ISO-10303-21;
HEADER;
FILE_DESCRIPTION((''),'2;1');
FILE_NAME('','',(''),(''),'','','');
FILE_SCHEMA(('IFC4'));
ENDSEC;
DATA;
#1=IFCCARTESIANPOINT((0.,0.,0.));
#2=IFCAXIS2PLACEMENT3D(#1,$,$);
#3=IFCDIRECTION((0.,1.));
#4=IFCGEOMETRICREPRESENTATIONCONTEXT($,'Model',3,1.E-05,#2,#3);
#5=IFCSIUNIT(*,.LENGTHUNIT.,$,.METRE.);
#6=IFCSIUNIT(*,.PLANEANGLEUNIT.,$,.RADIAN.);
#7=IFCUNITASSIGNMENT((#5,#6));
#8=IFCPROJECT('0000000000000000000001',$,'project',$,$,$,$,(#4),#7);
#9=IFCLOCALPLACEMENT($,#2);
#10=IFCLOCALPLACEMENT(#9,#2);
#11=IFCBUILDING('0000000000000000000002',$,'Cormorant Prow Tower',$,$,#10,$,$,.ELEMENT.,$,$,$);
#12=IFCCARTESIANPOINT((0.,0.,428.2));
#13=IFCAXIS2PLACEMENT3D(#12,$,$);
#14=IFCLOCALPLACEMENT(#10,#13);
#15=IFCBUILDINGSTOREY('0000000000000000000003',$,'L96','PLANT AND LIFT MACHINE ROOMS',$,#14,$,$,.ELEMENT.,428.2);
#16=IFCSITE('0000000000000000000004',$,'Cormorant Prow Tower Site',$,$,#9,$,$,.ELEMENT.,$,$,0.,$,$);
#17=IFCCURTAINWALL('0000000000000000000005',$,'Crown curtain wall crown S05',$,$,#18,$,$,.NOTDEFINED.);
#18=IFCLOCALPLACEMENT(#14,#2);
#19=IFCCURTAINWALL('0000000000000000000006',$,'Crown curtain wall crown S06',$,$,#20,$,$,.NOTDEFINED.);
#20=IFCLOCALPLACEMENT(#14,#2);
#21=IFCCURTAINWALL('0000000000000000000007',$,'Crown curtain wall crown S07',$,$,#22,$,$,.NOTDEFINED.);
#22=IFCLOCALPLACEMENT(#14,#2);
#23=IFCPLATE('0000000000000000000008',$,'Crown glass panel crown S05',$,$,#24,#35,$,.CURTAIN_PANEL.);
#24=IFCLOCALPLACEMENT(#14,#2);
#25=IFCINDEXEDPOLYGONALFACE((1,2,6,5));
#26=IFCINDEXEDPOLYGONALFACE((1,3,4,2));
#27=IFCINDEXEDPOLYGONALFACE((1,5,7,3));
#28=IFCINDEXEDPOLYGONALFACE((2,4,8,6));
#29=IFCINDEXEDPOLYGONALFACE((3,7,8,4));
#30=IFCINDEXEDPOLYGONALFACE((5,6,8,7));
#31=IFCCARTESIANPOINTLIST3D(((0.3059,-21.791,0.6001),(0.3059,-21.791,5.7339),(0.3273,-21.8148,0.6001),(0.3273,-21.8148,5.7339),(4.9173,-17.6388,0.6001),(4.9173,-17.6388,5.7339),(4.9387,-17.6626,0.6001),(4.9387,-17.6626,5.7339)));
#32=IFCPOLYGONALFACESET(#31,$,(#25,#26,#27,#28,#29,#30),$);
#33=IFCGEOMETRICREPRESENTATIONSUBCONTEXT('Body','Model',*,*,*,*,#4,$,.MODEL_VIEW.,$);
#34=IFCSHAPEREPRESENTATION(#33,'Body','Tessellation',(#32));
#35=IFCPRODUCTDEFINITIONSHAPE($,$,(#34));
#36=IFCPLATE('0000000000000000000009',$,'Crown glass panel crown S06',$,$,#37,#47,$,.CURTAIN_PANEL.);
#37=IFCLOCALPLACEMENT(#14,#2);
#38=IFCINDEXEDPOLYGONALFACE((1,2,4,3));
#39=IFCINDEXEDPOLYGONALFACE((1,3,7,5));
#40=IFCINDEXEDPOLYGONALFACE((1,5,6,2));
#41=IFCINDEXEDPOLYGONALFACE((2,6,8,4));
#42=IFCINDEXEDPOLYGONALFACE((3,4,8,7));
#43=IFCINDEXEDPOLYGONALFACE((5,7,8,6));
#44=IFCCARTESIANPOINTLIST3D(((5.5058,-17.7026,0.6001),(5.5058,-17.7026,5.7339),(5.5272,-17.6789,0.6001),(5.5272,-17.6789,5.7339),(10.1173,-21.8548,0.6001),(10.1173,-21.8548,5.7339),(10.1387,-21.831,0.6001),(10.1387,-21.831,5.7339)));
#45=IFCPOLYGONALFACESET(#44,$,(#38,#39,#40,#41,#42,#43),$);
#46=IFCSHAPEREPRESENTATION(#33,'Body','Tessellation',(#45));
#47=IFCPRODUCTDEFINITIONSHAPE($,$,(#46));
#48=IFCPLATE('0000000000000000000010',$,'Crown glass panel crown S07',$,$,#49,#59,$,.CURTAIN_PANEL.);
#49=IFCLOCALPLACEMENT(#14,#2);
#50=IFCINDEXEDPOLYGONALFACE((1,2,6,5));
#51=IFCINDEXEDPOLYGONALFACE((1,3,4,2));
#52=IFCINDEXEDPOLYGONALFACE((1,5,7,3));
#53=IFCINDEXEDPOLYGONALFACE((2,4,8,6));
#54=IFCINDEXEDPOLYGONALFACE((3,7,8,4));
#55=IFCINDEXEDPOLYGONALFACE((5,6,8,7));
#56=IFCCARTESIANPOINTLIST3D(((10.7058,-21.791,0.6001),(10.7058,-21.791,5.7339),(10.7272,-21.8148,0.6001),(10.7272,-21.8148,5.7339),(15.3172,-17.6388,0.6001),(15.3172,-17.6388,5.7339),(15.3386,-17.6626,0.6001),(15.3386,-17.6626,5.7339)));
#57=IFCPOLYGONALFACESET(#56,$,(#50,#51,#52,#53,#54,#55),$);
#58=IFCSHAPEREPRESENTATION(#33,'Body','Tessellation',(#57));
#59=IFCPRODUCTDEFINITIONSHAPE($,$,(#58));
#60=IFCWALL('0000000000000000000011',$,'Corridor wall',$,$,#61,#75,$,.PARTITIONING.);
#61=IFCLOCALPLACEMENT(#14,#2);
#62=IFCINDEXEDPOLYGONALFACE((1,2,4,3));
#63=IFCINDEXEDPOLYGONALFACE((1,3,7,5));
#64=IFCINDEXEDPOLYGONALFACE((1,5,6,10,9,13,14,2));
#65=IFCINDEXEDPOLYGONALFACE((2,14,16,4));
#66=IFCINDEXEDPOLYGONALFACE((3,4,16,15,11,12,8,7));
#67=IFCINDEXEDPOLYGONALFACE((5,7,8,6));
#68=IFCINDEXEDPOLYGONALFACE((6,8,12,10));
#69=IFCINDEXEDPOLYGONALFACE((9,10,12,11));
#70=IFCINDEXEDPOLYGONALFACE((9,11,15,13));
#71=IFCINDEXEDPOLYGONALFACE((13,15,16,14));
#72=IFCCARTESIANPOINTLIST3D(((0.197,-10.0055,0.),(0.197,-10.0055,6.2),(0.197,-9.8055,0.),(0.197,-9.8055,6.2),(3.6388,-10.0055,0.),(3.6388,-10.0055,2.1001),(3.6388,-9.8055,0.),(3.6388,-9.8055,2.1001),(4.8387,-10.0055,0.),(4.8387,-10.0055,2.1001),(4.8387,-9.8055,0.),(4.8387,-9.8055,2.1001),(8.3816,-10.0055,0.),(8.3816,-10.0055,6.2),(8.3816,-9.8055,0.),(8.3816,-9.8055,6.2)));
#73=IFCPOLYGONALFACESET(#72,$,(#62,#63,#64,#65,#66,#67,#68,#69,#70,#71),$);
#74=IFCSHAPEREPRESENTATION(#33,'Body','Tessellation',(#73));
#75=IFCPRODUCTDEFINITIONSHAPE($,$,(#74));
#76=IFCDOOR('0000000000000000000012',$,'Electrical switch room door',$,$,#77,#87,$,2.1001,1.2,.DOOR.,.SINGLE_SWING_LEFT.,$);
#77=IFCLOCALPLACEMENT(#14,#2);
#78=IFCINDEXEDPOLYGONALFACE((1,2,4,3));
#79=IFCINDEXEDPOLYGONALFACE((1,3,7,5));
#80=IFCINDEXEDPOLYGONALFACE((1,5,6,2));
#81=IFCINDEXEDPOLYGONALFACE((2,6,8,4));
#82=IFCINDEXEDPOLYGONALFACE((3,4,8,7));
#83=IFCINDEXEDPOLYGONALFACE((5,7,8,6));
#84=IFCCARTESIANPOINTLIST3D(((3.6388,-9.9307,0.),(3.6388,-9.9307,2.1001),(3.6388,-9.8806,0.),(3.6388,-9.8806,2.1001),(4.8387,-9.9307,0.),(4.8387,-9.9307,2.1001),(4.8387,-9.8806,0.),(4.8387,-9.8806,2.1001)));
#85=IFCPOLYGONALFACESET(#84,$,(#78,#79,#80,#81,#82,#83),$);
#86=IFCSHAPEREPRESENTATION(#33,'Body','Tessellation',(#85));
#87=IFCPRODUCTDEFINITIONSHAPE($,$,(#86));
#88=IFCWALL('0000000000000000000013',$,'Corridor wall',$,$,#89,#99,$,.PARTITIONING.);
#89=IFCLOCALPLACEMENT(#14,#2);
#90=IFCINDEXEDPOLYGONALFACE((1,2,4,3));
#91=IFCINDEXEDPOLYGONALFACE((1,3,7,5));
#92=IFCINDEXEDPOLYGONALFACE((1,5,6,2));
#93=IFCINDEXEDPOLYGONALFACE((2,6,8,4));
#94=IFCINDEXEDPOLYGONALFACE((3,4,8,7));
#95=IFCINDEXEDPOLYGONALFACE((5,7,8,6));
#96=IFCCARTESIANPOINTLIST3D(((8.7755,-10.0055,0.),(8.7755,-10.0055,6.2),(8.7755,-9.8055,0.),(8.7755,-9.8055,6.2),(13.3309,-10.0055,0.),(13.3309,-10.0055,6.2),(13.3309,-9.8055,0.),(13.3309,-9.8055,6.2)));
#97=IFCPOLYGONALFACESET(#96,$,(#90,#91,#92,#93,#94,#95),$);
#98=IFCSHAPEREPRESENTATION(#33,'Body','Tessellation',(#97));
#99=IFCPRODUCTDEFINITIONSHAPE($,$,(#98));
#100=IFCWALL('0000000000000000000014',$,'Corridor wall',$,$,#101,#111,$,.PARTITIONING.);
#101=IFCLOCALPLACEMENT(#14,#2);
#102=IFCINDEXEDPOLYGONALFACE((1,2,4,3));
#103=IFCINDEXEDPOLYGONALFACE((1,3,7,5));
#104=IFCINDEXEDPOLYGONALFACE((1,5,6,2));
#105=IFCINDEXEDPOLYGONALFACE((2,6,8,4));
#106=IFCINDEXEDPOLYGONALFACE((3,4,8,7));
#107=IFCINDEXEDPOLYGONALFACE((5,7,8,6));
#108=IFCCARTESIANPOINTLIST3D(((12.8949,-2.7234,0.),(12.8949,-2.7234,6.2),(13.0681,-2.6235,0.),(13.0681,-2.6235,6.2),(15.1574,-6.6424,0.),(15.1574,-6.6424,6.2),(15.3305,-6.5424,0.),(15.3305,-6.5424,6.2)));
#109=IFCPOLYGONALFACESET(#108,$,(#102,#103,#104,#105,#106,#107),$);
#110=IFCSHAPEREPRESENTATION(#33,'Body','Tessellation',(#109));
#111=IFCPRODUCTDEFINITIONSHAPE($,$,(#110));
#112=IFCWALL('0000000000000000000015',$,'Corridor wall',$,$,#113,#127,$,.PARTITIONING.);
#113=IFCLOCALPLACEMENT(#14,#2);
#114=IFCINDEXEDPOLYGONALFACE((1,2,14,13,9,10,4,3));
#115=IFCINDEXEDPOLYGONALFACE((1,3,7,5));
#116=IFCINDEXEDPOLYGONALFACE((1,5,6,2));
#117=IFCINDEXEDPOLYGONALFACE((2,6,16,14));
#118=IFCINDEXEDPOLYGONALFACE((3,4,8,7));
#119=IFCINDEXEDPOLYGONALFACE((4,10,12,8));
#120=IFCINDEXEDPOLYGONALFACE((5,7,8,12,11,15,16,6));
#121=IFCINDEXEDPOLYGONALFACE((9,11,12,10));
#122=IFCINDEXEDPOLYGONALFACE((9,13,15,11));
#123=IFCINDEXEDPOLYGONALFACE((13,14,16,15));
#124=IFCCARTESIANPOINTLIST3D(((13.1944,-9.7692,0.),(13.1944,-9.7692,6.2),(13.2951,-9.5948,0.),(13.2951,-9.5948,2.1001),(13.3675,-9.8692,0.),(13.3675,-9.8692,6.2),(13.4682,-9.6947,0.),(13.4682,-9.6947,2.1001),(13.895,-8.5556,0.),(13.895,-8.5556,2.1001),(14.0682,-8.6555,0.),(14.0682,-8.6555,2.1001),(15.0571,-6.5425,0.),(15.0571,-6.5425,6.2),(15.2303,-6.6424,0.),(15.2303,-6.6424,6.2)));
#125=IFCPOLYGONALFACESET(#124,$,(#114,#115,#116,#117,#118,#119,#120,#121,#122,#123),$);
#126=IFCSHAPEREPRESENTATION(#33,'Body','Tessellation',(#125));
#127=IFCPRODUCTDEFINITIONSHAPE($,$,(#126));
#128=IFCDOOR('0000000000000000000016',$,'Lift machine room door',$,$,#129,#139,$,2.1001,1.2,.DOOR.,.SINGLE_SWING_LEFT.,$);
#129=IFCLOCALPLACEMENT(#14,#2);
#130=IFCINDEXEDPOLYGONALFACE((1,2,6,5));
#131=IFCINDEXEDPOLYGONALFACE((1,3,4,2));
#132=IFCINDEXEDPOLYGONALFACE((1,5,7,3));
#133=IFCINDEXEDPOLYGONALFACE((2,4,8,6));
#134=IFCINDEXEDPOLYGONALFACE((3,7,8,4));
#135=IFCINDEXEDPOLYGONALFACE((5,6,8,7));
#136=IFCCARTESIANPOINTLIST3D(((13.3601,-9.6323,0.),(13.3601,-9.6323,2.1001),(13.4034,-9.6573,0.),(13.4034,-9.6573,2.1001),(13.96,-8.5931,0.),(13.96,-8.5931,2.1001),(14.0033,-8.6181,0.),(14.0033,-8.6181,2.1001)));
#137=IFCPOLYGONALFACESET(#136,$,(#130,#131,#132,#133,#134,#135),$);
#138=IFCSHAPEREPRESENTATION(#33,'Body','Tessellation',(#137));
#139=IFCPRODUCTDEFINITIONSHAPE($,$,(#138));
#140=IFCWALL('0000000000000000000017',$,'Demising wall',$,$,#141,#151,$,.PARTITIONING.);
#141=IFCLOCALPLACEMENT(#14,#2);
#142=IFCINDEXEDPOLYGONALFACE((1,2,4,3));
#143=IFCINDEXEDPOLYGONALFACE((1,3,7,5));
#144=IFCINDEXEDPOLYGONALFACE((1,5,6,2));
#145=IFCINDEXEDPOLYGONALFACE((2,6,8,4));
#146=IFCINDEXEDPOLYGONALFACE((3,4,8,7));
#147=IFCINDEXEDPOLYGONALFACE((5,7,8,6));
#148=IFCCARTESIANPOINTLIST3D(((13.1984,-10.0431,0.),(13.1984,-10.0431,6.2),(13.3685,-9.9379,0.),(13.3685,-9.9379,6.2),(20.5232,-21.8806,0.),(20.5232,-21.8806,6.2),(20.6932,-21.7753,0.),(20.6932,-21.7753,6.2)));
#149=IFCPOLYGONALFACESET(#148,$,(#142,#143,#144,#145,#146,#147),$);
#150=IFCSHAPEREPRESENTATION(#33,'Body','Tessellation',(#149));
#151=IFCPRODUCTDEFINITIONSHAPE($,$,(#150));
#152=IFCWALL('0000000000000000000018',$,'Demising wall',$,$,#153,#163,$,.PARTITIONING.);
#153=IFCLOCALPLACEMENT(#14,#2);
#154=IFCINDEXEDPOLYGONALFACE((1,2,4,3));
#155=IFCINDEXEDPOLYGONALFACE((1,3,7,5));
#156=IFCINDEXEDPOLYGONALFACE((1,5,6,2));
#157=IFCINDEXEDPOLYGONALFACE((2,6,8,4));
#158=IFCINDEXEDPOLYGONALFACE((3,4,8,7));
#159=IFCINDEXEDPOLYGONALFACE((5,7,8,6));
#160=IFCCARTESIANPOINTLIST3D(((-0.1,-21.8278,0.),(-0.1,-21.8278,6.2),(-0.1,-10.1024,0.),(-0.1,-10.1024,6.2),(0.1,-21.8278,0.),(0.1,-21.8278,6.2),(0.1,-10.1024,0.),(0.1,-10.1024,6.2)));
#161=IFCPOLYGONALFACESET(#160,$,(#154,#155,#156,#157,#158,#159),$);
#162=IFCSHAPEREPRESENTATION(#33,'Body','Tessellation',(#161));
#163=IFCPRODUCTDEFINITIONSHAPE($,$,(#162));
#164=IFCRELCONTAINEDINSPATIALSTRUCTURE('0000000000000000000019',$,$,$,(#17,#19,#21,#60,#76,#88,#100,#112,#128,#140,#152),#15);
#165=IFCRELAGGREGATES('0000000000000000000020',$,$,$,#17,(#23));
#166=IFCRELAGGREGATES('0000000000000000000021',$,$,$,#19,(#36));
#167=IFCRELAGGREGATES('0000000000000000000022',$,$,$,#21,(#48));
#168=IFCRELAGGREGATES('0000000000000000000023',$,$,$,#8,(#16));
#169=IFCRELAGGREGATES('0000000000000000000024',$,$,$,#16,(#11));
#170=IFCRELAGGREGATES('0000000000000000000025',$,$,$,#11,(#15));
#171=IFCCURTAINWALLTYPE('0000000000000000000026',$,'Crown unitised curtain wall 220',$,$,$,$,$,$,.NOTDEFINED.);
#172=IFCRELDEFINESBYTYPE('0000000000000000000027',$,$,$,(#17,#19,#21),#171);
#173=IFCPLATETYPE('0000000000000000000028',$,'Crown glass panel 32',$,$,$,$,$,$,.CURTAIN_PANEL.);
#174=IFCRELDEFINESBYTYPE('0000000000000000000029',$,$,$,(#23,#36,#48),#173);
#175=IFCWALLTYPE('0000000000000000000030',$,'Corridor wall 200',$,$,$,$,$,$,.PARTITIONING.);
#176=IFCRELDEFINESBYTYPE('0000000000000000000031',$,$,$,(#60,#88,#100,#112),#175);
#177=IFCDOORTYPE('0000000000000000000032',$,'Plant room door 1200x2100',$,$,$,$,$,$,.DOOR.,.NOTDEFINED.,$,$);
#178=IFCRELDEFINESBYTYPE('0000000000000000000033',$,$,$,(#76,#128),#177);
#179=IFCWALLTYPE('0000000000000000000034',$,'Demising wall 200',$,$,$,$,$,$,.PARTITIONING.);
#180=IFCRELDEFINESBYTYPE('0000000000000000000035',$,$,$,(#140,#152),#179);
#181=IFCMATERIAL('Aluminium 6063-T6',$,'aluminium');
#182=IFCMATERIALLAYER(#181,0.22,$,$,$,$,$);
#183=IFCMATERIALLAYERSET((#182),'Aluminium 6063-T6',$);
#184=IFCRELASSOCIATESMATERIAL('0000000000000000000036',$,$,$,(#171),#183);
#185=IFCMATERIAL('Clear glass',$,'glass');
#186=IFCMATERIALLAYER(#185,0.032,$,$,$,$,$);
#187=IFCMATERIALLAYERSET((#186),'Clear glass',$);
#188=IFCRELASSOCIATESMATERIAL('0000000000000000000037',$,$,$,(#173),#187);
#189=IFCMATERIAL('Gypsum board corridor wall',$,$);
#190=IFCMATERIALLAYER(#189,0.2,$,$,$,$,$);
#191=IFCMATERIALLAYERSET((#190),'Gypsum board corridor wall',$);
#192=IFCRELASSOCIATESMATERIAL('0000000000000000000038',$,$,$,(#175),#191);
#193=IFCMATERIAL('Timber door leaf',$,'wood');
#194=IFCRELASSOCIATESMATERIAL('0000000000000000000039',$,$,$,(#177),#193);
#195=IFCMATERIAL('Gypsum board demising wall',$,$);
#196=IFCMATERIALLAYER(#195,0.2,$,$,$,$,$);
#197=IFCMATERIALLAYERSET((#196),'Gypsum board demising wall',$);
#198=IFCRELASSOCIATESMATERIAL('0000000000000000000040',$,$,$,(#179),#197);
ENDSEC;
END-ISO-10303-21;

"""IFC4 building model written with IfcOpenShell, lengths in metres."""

from ifc_helpers import new_model, si_unit, direction, frame, frame_2d, origin, origin_2d, place, context, subcontext, project, spatial, rectangle, extrude, material, layer, layer_set, type_object, element, fill, aggregate, save


model = new_model("IFC4")

# Units and contexts
model_context = context("Model", 3, precision=1e-05, world=origin(), true_north=direction((0.0, 1.0)))
body_context = subcontext(model_context, "Body", "Model", "MODEL_VIEW")
ifc_project = project(units=[si_unit("LENGTHUNIT", "METRE"), si_unit("PLANEANGLEUNIT", "RADIAN")], contexts=[model_context])

# Site, building, storey
site_placement = place(None, origin())
site = spatial("IfcSite", under=ifc_project, at=site_placement, Name="Cormorant Prow Tower Site", CompositionType="ELEMENT", RefElevation=0.0)
building_placement = place(site_placement, origin())
building = spatial("IfcBuilding", under=site, at=building_placement, Name="Cormorant Prow Tower", CompositionType="ELEMENT")
storey_placement = place(building_placement, frame((0.0, 0.0, 428.2)))
storey = spatial("IfcBuildingStorey", under=building, at=storey_placement, Name="L96", Description="PLANT AND LIFT MACHINE ROOMS", CompositionType="ELEMENT", Elevation=428.2)

# Curtain walls
ifc_material_1 = material(Name="Aluminium 6063-T6", Category="aluminium")
ifc_layer_1 = layer(ifc_material_1, 0.22)
ifc_layer_set_1 = layer_set([ifc_layer_1], Name="Aluminium 6063-T6")
curtain_wall_type = type_object("IfcCurtainWallType", Name="Crown unitised curtain wall 220", PredefinedType="NOTDEFINED", material=ifc_layer_set_1)
curtain_wall_1_placement = place(storey_placement, origin())
curtain_wall_1 = element("IfcCurtainWall", 1, at=curtain_wall_1_placement, inside=storey, type_object=curtain_wall_type, Name="Crown curtain wall crown S05", PredefinedType="NOTDEFINED")
curtain_wall_2_placement = place(storey_placement, origin())
curtain_wall_2 = element("IfcCurtainWall", 2, at=curtain_wall_2_placement, inside=storey, type_object=curtain_wall_type, Name="Crown curtain wall crown S06", PredefinedType="NOTDEFINED")
curtain_wall_3_placement = place(storey_placement, origin())
curtain_wall_3 = element("IfcCurtainWall", 3, at=curtain_wall_3_placement, inside=storey, type_object=curtain_wall_type, Name="Crown curtain wall crown S07", PredefinedType="NOTDEFINED")

# Plates
ifc_material_2 = material(Name="Clear glass", Category="glass")
ifc_layer_2 = layer(ifc_material_2, 0.032)
ifc_layer_set_2 = layer_set([ifc_layer_2], Name="Clear glass")
plate_type = type_object("IfcPlateType", Name="Crown glass panel 32", PredefinedType="CURTAIN_PANEL", material=ifc_layer_set_2)
plate_1_placement = place(storey_placement, frame((2.6223, -19.7268, 0.6001), z_axis=(0.0, 0.0, 1.0), x_axis=(0.743145, 0.669131, 0.0)))
plate_1 = element("IfcPlate", 4, at=plate_1_placement, type_object=plate_type, Name="Crown glass panel crown S05", PredefinedType="CURTAIN_PANEL", context=body_context, shape_type="SweptSolid", body=[
    extrude(rectangle(XDim=6.2053, YDim=0.032, at=origin_2d()), origin(), (0.0, 0.0, 1.0), 5.1338),
])
aggregate(curtain_wall_1, [plate_1])
plate_2_placement = place(storey_placement, frame((7.8223, -19.7668, 0.6001), z_axis=(0.0, 0.0, 1.0), x_axis=(0.743145, -0.669131, 0.0)))
plate_2 = element("IfcPlate", 5, at=plate_2_placement, type_object=plate_type, Name="Crown glass panel crown S06", PredefinedType="CURTAIN_PANEL", context=body_context, shape_type="SweptSolid", body=[
    extrude(rectangle(XDim=6.2053, YDim=0.032, at=origin_2d()), origin(), (0.0, 0.0, 1.0), 5.1338),
])
aggregate(curtain_wall_2, [plate_2])
plate_3_placement = place(storey_placement, frame((13.0222, -19.7268, 0.6001), z_axis=(0.0, 0.0, 1.0), x_axis=(0.743145, 0.669131, 0.0)))
plate_3 = element("IfcPlate", 6, at=plate_3_placement, type_object=plate_type, Name="Crown glass panel crown S07", PredefinedType="CURTAIN_PANEL", context=body_context, shape_type="SweptSolid", body=[
    extrude(rectangle(XDim=6.2053, YDim=0.032, at=origin_2d()), origin(), (0.0, 0.0, 1.0), 5.1338),
])
aggregate(curtain_wall_3, [plate_3])

# Wall, opening, door
ifc_material_3 = material(Name="Gypsum board corridor wall")
ifc_layer_3 = layer(ifc_material_3, 0.2)
ifc_layer_set_3 = layer_set([ifc_layer_3], Name="Gypsum board corridor wall")
wall_type_1 = type_object("IfcWallType", Name="Corridor wall 200", PredefinedType="PARTITIONING", material=ifc_layer_set_3)
wall_1_placement = place(storey_placement, frame((0.197, -9.9055, 0.0), z_axis=(0.0, 0.0, 1.0), x_axis=(1.0, 0.0, 0.0)))
wall_1 = element("IfcWall", 7, at=wall_1_placement, inside=storey, type_object=wall_type_1, Name="Corridor wall", PredefinedType="PARTITIONING", context=body_context, shape_type="SweptSolid", body=[
    extrude(rectangle(XDim=8.1846, YDim=0.2, at=frame_2d((4.0923, 0.0))), origin(), (0.0, 0.0, 1.0), 6.2),
])
opening_1_placement = place(wall_1_placement, frame((3.4417, 0.0, 0.0)))
opening_1 = element("IfcOpeningElement", 8, at=opening_1_placement, cuts=wall_1, PredefinedType="OPENING", context=body_context, shape_type="SweptSolid", body=[
    extrude(rectangle(XDim=1.2, YDim=2.1001, at=frame_2d((0.6001, 1.05))), frame((0.0, 0.1099, 0.0), z_axis=(0.0, -1.0, 0.0), x_axis=(1.0, 0.0, 0.0)), (0.0, 0.0, 1.0), 0.22),
])
ifc_material_4 = material(Name="Timber door leaf", Category="wood")
door_type_1 = type_object("IfcDoorType", Name="Plant room door 1200x2100", OperationType="NOTDEFINED", PredefinedType="DOOR", material=ifc_material_4)
door_1_placement = place(opening_1_placement, origin())
door_1 = element("IfcDoor", 9, at=door_1_placement, inside=storey, type_object=door_type_1, Name="Electrical switch room door", OperationType="SINGLE_SWING_LEFT", OverallHeight=2.1001, OverallWidth=1.2, PredefinedType="DOOR", context=body_context, shape_type="SweptSolid", body=[
    extrude(rectangle(XDim=1.2, YDim=2.1001, at=frame_2d((0.6001, 1.05))), frame((0.0, 0.0249, 0.0), z_axis=(0.0, -1.0, 0.0), x_axis=(1.0, 0.0, 0.0)), (0.0, 0.0, 1.0), 0.05),
])
fill(opening_1, door_1)

# Walls
wall_2_placement = place(storey_placement, frame((8.7754, -9.9055, 0.0), z_axis=(0.0, 0.0, 1.0), x_axis=(1.0, 0.0, 0.0)))
element("IfcWall", 10, at=wall_2_placement, inside=storey, type_object=wall_type_1, Name="Corridor wall", PredefinedType="PARTITIONING", context=body_context, shape_type="SweptSolid", body=[
    extrude(rectangle(XDim=4.5554, YDim=0.2, at=frame_2d((2.2778, 0.0))), origin(), (0.0, 0.0, 1.0), 6.2),
])
wall_3_placement = place(storey_placement, frame((12.9814, -2.6733, 0.0), z_axis=(0.0, 0.0, 1.0), x_axis=(0.499975, -0.86604, 0.0)))
element("IfcWall", 11, at=wall_3_placement, inside=storey, type_object=wall_type_1, Name="Corridor wall", PredefinedType="PARTITIONING", context=body_context, shape_type="SweptSolid", body=[
    extrude(rectangle(XDim=4.5251, YDim=0.2, at=frame_2d((2.2627, 0.0))), origin(), (0.0, 0.0, 1.0), 6.2),
])

# Wall, opening, door
wall_4_placement = place(storey_placement, frame((13.281, -9.8191, 0.0), z_axis=(0.0, 0.0, 1.0), x_axis=(0.499959, 0.866049, 0.0)))
wall_4 = element("IfcWall", 12, at=wall_4_placement, inside=storey, type_object=wall_type_1, Name="Corridor wall", PredefinedType="PARTITIONING", context=body_context, shape_type="SweptSolid", body=[
    extrude(rectangle(XDim=3.7258, YDim=0.2, at=frame_2d((1.8628, 0.0))), origin(), (0.0, 0.0, 1.0), 6.2),
])
opening_2_placement = place(wall_4_placement, frame((0.2012, 0.0, 0.0)))
opening_2 = element("IfcOpeningElement", 13, at=opening_2_placement, cuts=wall_4, PredefinedType="OPENING", context=body_context, shape_type="SweptSolid", body=[
    extrude(rectangle(XDim=1.2, YDim=2.1001, at=frame_2d((0.6001, 1.05))), frame((0.0, 0.1099, 0.0), z_axis=(0.0, -1.0, 0.0), x_axis=(1.0, 0.0, 0.0)), (0.0, 0.0, 1.0), 0.22),
])
door_2_placement = place(opening_2_placement, origin())
door_2 = element("IfcDoor", 14, at=door_2_placement, inside=storey, type_object=door_type_1, Name="Lift machine room door", OperationType="SINGLE_SWING_LEFT", OverallHeight=2.1001, OverallWidth=1.2, PredefinedType="DOOR", context=body_context, shape_type="SweptSolid", body=[
    extrude(rectangle(XDim=1.2, YDim=2.1001, at=frame_2d((0.6001, 1.05))), frame((0.0, 0.0249, 0.0), z_axis=(0.0, -1.0, 0.0), x_axis=(1.0, 0.0, 0.0)), (0.0, 0.0, 1.0), 0.05),
])
fill(opening_2, door_2)

# Walls
ifc_material_5 = material(Name="Gypsum board demising wall")
ifc_layer_4 = layer(ifc_material_5, 0.2)
ifc_layer_set_4 = layer_set([ifc_layer_4], Name="Gypsum board demising wall")
wall_type_2 = type_object("IfcWallType", Name="Demising wall 200", PredefinedType="PARTITIONING", material=ifc_layer_set_4)
wall_5_placement = place(storey_placement, frame((13.2834, -9.9905, 0.0), z_axis=(0.0, 0.0, 1.0), x_axis=(0.526188, -0.850368, 0.0)))
element("IfcWall", 15, at=wall_5_placement, inside=storey, type_object=wall_type_2, Name="Demising wall", PredefinedType="PARTITIONING", context=body_context, shape_type="SweptSolid", body=[
    extrude(rectangle(XDim=13.9204, YDim=0.2, at=frame_2d((6.9602, 0.0))), origin(), (0.0, 0.0, 1.0), 6.2),
])
wall_6_placement = place(storey_placement, frame((0.0, -21.8279, 0.0), z_axis=(0.0, 0.0, 1.0), x_axis=(0.0, 1.0, 0.0)))
element("IfcWall", 16, at=wall_6_placement, inside=storey, type_object=wall_type_2, Name="Demising wall", PredefinedType="PARTITIONING", context=body_context, shape_type="SweptSolid", body=[
    extrude(rectangle(XDim=11.7253, YDim=0.2, at=frame_2d((5.8628, 0.0))), origin(), (0.0, 0.0, 1.0), 6.2),
])

save(model, "model.ifc")
